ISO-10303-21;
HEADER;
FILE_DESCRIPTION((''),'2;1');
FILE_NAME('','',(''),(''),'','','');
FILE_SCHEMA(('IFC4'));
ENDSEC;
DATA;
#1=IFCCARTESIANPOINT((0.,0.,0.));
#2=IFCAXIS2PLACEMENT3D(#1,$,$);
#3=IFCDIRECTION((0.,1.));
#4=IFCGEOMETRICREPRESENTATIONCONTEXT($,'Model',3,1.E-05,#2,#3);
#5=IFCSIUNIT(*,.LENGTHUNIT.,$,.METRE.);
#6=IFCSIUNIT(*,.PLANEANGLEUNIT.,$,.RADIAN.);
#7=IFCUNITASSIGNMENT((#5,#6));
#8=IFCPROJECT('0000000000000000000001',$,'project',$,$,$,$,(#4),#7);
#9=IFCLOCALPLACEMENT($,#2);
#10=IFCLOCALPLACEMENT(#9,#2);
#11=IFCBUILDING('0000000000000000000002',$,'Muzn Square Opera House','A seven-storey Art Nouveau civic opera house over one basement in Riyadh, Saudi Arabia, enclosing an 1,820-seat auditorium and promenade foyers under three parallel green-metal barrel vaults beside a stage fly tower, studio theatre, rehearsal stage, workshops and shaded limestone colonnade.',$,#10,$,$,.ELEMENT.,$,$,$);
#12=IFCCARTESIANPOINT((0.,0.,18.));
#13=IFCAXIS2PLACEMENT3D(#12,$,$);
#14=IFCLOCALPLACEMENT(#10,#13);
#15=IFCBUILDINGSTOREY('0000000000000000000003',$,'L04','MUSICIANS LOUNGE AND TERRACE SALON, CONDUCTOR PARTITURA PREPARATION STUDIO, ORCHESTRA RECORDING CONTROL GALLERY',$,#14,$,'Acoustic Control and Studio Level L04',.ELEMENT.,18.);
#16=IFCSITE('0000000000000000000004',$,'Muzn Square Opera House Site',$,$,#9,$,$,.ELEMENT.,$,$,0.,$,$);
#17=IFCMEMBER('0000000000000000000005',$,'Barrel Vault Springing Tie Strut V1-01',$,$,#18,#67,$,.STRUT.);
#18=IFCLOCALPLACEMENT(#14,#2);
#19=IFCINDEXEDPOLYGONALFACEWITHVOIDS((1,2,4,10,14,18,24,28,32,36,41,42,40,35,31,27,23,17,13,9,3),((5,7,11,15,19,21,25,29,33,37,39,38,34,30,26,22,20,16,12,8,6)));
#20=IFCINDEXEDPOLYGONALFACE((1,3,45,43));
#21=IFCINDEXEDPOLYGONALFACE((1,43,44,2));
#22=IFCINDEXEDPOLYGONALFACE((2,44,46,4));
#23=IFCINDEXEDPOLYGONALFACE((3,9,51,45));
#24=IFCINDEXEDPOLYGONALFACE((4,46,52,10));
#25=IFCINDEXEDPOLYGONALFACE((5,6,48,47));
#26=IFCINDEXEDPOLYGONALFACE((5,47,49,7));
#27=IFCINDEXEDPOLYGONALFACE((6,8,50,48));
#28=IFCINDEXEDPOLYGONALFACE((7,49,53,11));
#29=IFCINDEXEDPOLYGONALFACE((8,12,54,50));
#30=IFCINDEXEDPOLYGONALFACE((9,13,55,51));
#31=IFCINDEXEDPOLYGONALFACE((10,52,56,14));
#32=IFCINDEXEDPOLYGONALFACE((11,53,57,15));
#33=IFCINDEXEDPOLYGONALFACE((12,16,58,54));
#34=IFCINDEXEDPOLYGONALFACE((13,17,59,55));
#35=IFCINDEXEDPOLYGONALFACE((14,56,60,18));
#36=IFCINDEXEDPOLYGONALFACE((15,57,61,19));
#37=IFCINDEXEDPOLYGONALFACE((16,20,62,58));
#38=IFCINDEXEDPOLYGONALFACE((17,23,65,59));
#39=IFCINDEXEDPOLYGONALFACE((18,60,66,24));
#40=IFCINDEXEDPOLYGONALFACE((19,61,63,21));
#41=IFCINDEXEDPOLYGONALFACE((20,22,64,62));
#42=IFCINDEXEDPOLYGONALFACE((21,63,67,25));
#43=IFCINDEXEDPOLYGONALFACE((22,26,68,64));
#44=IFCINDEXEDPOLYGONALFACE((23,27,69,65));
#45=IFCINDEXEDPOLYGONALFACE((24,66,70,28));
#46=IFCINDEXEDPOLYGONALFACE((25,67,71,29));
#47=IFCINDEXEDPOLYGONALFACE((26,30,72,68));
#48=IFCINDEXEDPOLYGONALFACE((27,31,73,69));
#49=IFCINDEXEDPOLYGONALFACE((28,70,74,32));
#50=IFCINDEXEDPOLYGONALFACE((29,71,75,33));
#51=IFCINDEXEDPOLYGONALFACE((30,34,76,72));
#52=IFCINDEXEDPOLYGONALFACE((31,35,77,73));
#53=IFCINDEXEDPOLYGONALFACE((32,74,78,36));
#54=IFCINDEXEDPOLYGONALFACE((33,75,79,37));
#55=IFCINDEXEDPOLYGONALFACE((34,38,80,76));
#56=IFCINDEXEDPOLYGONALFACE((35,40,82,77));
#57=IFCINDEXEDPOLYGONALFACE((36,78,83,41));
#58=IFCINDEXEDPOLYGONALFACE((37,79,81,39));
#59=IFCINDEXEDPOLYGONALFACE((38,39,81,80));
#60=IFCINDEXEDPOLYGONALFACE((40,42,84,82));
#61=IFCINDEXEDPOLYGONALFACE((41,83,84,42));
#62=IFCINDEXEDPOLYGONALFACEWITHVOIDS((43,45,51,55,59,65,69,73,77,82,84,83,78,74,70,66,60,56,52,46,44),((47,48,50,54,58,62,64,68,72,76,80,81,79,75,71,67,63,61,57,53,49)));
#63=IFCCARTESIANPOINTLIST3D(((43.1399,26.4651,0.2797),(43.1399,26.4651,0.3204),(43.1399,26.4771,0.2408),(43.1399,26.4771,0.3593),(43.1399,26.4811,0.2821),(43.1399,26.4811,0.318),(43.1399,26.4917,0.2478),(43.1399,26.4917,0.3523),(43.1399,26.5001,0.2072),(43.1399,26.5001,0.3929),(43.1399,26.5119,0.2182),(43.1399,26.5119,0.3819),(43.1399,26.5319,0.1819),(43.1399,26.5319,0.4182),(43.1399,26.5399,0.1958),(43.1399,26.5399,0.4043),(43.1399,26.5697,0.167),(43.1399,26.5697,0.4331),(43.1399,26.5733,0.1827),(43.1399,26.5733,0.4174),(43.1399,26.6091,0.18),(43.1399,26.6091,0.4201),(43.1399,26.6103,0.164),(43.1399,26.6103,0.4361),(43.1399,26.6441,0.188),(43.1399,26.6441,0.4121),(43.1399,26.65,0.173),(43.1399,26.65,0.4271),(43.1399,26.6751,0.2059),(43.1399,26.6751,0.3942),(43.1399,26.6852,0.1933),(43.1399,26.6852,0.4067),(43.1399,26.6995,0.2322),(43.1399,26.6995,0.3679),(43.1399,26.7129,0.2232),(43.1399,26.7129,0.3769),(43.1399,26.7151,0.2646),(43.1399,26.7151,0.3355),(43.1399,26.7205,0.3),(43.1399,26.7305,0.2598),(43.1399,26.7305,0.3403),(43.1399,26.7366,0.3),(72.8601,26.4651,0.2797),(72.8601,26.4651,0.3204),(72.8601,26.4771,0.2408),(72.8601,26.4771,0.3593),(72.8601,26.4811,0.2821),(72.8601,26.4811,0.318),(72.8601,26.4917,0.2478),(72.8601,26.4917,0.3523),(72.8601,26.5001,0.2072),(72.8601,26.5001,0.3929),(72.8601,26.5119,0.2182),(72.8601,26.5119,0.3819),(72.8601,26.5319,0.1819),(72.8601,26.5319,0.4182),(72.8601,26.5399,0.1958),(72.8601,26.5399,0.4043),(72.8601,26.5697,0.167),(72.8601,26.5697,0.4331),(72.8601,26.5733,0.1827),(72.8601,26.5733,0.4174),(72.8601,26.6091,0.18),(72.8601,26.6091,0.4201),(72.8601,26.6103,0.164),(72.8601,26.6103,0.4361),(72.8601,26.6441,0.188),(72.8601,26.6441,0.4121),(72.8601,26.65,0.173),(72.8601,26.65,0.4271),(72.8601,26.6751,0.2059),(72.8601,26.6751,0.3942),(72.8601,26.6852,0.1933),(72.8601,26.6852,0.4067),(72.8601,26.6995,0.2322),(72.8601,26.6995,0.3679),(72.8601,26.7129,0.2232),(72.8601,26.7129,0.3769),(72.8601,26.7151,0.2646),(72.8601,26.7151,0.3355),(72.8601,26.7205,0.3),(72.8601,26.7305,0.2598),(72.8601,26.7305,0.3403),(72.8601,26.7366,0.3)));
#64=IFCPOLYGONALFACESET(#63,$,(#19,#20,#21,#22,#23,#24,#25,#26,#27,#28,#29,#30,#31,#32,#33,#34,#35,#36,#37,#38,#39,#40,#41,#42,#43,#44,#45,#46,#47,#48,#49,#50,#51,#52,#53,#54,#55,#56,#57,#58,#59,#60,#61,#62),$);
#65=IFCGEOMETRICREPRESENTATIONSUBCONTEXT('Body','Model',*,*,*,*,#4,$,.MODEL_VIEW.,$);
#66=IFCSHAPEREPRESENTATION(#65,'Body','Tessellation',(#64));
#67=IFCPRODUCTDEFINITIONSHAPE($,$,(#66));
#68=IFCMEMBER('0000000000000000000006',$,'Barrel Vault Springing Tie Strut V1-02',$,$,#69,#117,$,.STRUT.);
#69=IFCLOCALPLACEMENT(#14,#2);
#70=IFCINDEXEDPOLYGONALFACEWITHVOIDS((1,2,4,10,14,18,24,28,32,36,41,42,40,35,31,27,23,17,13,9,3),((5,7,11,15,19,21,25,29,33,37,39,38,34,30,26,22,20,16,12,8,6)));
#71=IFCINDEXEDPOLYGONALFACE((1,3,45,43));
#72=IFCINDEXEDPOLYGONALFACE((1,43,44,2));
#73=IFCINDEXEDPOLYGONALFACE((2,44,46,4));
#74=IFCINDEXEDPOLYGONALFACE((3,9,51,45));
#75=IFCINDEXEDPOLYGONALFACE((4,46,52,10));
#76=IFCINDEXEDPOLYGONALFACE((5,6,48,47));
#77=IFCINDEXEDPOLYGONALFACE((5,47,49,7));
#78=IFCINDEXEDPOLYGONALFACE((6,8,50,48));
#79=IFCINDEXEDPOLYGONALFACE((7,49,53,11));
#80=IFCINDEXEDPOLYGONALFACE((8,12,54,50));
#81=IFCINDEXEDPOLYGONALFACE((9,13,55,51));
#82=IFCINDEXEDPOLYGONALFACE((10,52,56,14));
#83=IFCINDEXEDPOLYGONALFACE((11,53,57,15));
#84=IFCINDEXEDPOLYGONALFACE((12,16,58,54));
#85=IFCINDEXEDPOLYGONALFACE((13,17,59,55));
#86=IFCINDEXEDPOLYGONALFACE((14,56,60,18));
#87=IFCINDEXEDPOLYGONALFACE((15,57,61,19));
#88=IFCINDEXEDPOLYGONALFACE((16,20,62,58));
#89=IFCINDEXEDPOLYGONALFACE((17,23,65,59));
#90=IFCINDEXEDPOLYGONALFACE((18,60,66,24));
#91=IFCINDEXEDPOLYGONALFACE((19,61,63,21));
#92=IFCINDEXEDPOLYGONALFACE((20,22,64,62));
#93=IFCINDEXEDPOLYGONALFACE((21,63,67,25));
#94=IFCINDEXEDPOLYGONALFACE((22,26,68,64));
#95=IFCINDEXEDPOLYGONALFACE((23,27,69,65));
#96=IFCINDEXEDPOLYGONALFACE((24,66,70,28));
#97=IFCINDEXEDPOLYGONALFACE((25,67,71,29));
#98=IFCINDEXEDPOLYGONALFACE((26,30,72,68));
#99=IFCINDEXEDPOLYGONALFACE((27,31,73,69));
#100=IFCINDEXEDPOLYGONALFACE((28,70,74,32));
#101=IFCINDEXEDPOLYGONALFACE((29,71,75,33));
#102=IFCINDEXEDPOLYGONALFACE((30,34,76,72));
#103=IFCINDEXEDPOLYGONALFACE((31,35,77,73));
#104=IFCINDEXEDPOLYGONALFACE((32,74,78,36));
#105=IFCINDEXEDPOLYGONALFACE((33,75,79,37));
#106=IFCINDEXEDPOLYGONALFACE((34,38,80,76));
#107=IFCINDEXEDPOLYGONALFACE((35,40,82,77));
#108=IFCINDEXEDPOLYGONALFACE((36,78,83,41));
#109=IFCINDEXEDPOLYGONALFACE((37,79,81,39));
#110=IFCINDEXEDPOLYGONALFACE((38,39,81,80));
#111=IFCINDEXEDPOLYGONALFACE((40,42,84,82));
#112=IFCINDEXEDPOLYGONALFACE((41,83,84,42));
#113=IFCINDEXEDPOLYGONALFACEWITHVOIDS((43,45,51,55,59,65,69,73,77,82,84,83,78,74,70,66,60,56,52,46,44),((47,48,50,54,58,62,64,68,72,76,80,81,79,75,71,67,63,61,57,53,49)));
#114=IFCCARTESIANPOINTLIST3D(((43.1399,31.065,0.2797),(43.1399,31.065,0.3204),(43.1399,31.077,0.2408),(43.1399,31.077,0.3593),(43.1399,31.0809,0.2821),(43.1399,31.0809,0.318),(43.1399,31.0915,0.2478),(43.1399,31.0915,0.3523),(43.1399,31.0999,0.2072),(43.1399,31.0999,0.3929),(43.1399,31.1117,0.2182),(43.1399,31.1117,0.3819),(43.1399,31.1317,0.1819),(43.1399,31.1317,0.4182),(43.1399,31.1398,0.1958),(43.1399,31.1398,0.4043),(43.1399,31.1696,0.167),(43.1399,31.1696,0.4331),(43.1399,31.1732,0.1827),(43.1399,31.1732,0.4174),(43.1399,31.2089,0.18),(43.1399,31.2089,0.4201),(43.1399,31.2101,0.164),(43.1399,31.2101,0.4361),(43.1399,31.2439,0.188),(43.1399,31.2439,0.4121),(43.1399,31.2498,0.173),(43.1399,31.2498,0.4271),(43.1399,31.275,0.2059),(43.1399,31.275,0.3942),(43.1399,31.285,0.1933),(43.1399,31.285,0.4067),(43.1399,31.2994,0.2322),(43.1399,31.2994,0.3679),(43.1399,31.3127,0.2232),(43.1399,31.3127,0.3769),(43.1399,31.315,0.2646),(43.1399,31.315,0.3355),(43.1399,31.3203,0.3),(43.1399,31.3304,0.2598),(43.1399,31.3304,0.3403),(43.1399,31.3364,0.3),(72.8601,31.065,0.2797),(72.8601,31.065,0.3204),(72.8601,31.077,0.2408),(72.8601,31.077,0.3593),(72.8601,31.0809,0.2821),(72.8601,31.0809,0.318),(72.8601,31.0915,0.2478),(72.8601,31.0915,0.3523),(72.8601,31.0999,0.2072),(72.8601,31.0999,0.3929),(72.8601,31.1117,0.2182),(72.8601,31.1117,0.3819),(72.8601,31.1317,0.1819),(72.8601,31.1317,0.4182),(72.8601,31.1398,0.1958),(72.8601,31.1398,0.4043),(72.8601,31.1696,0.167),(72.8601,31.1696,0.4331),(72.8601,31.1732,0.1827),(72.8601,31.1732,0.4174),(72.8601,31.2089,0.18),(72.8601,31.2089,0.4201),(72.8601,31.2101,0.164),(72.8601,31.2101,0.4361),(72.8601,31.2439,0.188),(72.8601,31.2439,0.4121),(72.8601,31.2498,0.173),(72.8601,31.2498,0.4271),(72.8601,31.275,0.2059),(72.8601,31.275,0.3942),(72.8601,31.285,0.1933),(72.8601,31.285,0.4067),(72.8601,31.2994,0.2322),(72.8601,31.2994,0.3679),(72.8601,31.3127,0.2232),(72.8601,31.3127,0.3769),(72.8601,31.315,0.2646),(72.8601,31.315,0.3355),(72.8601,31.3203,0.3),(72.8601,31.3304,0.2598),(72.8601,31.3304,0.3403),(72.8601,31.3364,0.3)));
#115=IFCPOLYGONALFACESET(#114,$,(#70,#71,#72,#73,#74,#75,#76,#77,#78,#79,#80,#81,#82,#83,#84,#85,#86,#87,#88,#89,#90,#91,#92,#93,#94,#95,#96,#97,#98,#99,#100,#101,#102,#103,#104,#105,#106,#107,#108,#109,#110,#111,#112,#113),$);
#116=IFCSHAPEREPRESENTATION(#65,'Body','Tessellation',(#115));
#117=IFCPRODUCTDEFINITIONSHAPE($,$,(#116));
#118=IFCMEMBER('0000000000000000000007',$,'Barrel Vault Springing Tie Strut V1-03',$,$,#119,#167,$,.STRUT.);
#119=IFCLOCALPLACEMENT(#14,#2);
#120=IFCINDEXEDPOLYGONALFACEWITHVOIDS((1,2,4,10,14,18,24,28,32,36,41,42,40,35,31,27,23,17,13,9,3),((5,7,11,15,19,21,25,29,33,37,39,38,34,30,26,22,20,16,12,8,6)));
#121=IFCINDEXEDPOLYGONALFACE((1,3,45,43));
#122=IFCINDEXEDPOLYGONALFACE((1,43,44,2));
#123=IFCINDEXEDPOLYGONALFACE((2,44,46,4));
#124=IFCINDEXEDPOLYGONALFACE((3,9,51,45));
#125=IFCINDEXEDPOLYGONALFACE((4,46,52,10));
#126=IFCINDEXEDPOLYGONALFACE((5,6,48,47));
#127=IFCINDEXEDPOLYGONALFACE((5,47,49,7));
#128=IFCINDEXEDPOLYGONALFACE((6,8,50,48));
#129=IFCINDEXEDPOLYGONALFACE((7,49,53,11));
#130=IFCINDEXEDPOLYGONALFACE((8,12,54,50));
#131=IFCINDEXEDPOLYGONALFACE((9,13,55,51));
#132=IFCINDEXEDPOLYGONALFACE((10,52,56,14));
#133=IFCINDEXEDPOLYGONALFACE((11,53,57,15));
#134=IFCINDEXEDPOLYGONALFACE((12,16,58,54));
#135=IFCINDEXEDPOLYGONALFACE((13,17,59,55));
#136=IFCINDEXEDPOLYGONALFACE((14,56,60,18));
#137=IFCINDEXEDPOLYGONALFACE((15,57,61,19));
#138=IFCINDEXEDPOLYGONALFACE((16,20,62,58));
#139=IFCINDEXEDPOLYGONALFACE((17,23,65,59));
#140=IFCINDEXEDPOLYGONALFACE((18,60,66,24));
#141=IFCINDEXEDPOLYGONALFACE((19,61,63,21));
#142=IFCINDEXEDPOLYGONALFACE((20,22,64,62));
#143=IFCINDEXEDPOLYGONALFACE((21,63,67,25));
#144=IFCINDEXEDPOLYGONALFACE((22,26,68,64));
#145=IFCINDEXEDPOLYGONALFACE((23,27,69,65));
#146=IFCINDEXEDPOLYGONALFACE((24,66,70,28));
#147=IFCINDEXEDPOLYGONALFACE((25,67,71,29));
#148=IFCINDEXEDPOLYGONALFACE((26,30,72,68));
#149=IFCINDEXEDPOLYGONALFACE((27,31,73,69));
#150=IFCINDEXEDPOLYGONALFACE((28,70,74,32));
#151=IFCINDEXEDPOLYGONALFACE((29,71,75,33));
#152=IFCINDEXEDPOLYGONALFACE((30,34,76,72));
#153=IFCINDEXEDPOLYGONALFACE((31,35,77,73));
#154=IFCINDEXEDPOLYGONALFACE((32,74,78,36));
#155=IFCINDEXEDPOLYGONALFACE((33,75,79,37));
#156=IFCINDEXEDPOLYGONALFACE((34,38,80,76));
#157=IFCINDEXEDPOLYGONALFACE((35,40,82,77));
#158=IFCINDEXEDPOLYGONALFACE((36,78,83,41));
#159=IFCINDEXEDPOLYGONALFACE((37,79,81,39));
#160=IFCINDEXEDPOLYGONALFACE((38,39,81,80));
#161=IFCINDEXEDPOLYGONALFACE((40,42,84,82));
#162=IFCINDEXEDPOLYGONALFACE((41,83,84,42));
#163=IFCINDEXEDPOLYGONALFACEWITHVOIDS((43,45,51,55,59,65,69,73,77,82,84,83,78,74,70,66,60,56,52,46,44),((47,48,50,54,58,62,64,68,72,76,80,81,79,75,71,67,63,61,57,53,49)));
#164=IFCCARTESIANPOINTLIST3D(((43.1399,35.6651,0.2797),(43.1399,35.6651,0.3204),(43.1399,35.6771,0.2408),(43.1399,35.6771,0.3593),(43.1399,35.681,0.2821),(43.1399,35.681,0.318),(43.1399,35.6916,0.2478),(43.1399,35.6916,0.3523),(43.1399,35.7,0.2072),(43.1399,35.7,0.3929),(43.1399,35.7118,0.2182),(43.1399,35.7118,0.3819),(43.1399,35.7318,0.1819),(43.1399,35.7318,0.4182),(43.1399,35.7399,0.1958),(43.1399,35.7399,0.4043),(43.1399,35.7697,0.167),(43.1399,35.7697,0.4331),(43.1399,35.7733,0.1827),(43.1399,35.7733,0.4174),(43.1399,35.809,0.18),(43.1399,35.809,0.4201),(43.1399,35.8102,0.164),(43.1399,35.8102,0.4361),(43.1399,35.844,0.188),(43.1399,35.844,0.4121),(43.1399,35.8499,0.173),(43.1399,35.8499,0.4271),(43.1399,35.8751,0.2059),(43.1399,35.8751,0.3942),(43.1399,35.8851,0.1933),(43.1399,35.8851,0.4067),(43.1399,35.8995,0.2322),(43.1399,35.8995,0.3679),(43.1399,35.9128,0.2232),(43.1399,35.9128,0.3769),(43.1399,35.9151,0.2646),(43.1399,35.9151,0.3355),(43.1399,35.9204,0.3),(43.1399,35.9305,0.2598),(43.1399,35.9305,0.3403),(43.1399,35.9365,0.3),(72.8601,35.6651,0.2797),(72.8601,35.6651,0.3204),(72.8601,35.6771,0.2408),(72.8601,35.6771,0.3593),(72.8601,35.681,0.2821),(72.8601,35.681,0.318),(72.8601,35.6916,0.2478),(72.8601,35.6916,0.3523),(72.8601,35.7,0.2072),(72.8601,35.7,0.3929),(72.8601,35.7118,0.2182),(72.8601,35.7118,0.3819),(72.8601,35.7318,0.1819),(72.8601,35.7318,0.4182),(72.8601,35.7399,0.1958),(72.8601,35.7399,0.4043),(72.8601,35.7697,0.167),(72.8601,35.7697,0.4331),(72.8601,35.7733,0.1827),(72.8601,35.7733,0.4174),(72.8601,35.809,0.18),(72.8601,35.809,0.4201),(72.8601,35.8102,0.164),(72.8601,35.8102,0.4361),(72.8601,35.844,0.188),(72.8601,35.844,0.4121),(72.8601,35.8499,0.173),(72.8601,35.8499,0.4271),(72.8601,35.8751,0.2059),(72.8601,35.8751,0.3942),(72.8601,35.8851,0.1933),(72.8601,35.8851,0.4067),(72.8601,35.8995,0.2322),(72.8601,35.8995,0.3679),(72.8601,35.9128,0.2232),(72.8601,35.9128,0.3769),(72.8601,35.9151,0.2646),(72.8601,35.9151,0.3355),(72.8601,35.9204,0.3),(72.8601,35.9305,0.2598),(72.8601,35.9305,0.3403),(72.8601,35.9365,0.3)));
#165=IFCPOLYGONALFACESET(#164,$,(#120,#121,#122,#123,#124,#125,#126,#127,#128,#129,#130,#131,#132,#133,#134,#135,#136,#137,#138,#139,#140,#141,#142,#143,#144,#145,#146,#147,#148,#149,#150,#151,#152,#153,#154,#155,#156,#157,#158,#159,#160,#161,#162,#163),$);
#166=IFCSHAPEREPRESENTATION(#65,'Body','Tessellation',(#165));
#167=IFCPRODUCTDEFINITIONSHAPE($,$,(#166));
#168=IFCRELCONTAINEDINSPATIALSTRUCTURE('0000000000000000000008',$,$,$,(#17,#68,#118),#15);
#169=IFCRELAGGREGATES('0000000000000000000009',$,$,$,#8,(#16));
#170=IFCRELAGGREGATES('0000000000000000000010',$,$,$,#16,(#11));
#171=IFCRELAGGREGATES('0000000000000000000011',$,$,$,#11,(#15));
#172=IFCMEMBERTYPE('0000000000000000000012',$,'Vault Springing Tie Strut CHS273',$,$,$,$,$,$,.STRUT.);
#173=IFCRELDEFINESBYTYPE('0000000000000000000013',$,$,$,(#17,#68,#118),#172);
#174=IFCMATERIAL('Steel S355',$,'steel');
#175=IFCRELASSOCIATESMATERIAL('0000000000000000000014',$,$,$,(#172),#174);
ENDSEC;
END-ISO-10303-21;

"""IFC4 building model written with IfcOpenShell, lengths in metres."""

from ifc_helpers import new_model, si_unit, direction, frame, origin, origin_2d, place, context, subcontext, project, spatial, hollow_circle, extrude, material, material_profile, profile_set, type_object, element, save


model = new_model("IFC4")

# Units and contexts
model_context = context("Model", 3, precision=1e-05, world=origin(), true_north=direction((0.0, 1.0)))
body_context = subcontext(model_context, "Body", "Model", "MODEL_VIEW")
ifc_project = project(units=[si_unit("LENGTHUNIT", "METRE"), si_unit("PLANEANGLEUNIT", "RADIAN")], contexts=[model_context])

# Site, building, storey
site_placement = place(None, origin())
site = spatial("IfcSite", under=ifc_project, at=site_placement, Name="Muzn Square Opera House Site", CompositionType="ELEMENT", RefElevation=0.0)
building_placement = place(site_placement, origin())
building = spatial("IfcBuilding", under=site, at=building_placement, Name="Muzn Square Opera House", Description="A seven-storey Art Nouveau civic opera house over one basement in Riyadh, Saudi Arabia, enclosing an 1,820-seat auditorium and promenade foyers under three parallel green-metal barrel vaults beside a stage fly tower, studio theatre, rehearsal stage, workshops and shaded limestone colonnade.", CompositionType="ELEMENT")
storey_placement = place(building_placement, frame((0.0, 0.0, 18.0)))
storey = spatial("IfcBuildingStorey", under=building, at=storey_placement, Name="L04", Description="MUSICIANS LOUNGE AND TERRACE SALON, CONDUCTOR PARTITURA PREPARATION STUDIO, ORCHESTRA RECORDING CONTROL GALLERY", LongName="Acoustic Control and Studio Level L04", CompositionType="ELEMENT", Elevation=18.0)

# Shared definitions
ifc_material_1 = material(Name="Steel S355", Category="steel")

# Members
ifc_material_profile_1 = material_profile(ifc_material_1, hollow_circle(Radius=0.1365, WallThickness=0.0161, at=origin_2d()), Name="CHS 273x16", Category="steel")
ifc_profile_set_1 = profile_set([ifc_material_profile_1], Name="Steel S355")
member_type = type_object("IfcMemberType", Name="Vault Springing Tie Strut CHS273", PredefinedType="STRUT", material=ifc_profile_set_1)
for number, where, z_axis, x_axis, name in (
    (1, (43.1399, 26.6001, 0.3), (1.0, 0.0, 0.0), (0.0, 1.0, 0.0), "Barrel Vault Springing Tie Strut V1-01"),
    (2, (43.1399, 31.2, 0.3), (1.0, 0.0, 0.0), (0.0, 1.0, 0.0), "Barrel Vault Springing Tie Strut V1-02"),
    (3, (43.1399, 35.8, 0.3), (1.0, 0.0, 0.0), (0.0, 1.0, 0.0), "Barrel Vault Springing Tie Strut V1-03"),
):
    element("IfcMember", number, at=place(storey_placement, frame(where, z_axis=z_axis, x_axis=x_axis)), inside=storey, type_object=member_type, Name=name, PredefinedType="STRUT", context=body_context, shape_type="SweptSolid", body=[
        extrude(hollow_circle(Radius=0.1365, WallThickness=0.0161, at=origin_2d()), origin(), (0.0, 0.0, 1.0), 29.7202),
    ])

save(model, "model.ifc")
